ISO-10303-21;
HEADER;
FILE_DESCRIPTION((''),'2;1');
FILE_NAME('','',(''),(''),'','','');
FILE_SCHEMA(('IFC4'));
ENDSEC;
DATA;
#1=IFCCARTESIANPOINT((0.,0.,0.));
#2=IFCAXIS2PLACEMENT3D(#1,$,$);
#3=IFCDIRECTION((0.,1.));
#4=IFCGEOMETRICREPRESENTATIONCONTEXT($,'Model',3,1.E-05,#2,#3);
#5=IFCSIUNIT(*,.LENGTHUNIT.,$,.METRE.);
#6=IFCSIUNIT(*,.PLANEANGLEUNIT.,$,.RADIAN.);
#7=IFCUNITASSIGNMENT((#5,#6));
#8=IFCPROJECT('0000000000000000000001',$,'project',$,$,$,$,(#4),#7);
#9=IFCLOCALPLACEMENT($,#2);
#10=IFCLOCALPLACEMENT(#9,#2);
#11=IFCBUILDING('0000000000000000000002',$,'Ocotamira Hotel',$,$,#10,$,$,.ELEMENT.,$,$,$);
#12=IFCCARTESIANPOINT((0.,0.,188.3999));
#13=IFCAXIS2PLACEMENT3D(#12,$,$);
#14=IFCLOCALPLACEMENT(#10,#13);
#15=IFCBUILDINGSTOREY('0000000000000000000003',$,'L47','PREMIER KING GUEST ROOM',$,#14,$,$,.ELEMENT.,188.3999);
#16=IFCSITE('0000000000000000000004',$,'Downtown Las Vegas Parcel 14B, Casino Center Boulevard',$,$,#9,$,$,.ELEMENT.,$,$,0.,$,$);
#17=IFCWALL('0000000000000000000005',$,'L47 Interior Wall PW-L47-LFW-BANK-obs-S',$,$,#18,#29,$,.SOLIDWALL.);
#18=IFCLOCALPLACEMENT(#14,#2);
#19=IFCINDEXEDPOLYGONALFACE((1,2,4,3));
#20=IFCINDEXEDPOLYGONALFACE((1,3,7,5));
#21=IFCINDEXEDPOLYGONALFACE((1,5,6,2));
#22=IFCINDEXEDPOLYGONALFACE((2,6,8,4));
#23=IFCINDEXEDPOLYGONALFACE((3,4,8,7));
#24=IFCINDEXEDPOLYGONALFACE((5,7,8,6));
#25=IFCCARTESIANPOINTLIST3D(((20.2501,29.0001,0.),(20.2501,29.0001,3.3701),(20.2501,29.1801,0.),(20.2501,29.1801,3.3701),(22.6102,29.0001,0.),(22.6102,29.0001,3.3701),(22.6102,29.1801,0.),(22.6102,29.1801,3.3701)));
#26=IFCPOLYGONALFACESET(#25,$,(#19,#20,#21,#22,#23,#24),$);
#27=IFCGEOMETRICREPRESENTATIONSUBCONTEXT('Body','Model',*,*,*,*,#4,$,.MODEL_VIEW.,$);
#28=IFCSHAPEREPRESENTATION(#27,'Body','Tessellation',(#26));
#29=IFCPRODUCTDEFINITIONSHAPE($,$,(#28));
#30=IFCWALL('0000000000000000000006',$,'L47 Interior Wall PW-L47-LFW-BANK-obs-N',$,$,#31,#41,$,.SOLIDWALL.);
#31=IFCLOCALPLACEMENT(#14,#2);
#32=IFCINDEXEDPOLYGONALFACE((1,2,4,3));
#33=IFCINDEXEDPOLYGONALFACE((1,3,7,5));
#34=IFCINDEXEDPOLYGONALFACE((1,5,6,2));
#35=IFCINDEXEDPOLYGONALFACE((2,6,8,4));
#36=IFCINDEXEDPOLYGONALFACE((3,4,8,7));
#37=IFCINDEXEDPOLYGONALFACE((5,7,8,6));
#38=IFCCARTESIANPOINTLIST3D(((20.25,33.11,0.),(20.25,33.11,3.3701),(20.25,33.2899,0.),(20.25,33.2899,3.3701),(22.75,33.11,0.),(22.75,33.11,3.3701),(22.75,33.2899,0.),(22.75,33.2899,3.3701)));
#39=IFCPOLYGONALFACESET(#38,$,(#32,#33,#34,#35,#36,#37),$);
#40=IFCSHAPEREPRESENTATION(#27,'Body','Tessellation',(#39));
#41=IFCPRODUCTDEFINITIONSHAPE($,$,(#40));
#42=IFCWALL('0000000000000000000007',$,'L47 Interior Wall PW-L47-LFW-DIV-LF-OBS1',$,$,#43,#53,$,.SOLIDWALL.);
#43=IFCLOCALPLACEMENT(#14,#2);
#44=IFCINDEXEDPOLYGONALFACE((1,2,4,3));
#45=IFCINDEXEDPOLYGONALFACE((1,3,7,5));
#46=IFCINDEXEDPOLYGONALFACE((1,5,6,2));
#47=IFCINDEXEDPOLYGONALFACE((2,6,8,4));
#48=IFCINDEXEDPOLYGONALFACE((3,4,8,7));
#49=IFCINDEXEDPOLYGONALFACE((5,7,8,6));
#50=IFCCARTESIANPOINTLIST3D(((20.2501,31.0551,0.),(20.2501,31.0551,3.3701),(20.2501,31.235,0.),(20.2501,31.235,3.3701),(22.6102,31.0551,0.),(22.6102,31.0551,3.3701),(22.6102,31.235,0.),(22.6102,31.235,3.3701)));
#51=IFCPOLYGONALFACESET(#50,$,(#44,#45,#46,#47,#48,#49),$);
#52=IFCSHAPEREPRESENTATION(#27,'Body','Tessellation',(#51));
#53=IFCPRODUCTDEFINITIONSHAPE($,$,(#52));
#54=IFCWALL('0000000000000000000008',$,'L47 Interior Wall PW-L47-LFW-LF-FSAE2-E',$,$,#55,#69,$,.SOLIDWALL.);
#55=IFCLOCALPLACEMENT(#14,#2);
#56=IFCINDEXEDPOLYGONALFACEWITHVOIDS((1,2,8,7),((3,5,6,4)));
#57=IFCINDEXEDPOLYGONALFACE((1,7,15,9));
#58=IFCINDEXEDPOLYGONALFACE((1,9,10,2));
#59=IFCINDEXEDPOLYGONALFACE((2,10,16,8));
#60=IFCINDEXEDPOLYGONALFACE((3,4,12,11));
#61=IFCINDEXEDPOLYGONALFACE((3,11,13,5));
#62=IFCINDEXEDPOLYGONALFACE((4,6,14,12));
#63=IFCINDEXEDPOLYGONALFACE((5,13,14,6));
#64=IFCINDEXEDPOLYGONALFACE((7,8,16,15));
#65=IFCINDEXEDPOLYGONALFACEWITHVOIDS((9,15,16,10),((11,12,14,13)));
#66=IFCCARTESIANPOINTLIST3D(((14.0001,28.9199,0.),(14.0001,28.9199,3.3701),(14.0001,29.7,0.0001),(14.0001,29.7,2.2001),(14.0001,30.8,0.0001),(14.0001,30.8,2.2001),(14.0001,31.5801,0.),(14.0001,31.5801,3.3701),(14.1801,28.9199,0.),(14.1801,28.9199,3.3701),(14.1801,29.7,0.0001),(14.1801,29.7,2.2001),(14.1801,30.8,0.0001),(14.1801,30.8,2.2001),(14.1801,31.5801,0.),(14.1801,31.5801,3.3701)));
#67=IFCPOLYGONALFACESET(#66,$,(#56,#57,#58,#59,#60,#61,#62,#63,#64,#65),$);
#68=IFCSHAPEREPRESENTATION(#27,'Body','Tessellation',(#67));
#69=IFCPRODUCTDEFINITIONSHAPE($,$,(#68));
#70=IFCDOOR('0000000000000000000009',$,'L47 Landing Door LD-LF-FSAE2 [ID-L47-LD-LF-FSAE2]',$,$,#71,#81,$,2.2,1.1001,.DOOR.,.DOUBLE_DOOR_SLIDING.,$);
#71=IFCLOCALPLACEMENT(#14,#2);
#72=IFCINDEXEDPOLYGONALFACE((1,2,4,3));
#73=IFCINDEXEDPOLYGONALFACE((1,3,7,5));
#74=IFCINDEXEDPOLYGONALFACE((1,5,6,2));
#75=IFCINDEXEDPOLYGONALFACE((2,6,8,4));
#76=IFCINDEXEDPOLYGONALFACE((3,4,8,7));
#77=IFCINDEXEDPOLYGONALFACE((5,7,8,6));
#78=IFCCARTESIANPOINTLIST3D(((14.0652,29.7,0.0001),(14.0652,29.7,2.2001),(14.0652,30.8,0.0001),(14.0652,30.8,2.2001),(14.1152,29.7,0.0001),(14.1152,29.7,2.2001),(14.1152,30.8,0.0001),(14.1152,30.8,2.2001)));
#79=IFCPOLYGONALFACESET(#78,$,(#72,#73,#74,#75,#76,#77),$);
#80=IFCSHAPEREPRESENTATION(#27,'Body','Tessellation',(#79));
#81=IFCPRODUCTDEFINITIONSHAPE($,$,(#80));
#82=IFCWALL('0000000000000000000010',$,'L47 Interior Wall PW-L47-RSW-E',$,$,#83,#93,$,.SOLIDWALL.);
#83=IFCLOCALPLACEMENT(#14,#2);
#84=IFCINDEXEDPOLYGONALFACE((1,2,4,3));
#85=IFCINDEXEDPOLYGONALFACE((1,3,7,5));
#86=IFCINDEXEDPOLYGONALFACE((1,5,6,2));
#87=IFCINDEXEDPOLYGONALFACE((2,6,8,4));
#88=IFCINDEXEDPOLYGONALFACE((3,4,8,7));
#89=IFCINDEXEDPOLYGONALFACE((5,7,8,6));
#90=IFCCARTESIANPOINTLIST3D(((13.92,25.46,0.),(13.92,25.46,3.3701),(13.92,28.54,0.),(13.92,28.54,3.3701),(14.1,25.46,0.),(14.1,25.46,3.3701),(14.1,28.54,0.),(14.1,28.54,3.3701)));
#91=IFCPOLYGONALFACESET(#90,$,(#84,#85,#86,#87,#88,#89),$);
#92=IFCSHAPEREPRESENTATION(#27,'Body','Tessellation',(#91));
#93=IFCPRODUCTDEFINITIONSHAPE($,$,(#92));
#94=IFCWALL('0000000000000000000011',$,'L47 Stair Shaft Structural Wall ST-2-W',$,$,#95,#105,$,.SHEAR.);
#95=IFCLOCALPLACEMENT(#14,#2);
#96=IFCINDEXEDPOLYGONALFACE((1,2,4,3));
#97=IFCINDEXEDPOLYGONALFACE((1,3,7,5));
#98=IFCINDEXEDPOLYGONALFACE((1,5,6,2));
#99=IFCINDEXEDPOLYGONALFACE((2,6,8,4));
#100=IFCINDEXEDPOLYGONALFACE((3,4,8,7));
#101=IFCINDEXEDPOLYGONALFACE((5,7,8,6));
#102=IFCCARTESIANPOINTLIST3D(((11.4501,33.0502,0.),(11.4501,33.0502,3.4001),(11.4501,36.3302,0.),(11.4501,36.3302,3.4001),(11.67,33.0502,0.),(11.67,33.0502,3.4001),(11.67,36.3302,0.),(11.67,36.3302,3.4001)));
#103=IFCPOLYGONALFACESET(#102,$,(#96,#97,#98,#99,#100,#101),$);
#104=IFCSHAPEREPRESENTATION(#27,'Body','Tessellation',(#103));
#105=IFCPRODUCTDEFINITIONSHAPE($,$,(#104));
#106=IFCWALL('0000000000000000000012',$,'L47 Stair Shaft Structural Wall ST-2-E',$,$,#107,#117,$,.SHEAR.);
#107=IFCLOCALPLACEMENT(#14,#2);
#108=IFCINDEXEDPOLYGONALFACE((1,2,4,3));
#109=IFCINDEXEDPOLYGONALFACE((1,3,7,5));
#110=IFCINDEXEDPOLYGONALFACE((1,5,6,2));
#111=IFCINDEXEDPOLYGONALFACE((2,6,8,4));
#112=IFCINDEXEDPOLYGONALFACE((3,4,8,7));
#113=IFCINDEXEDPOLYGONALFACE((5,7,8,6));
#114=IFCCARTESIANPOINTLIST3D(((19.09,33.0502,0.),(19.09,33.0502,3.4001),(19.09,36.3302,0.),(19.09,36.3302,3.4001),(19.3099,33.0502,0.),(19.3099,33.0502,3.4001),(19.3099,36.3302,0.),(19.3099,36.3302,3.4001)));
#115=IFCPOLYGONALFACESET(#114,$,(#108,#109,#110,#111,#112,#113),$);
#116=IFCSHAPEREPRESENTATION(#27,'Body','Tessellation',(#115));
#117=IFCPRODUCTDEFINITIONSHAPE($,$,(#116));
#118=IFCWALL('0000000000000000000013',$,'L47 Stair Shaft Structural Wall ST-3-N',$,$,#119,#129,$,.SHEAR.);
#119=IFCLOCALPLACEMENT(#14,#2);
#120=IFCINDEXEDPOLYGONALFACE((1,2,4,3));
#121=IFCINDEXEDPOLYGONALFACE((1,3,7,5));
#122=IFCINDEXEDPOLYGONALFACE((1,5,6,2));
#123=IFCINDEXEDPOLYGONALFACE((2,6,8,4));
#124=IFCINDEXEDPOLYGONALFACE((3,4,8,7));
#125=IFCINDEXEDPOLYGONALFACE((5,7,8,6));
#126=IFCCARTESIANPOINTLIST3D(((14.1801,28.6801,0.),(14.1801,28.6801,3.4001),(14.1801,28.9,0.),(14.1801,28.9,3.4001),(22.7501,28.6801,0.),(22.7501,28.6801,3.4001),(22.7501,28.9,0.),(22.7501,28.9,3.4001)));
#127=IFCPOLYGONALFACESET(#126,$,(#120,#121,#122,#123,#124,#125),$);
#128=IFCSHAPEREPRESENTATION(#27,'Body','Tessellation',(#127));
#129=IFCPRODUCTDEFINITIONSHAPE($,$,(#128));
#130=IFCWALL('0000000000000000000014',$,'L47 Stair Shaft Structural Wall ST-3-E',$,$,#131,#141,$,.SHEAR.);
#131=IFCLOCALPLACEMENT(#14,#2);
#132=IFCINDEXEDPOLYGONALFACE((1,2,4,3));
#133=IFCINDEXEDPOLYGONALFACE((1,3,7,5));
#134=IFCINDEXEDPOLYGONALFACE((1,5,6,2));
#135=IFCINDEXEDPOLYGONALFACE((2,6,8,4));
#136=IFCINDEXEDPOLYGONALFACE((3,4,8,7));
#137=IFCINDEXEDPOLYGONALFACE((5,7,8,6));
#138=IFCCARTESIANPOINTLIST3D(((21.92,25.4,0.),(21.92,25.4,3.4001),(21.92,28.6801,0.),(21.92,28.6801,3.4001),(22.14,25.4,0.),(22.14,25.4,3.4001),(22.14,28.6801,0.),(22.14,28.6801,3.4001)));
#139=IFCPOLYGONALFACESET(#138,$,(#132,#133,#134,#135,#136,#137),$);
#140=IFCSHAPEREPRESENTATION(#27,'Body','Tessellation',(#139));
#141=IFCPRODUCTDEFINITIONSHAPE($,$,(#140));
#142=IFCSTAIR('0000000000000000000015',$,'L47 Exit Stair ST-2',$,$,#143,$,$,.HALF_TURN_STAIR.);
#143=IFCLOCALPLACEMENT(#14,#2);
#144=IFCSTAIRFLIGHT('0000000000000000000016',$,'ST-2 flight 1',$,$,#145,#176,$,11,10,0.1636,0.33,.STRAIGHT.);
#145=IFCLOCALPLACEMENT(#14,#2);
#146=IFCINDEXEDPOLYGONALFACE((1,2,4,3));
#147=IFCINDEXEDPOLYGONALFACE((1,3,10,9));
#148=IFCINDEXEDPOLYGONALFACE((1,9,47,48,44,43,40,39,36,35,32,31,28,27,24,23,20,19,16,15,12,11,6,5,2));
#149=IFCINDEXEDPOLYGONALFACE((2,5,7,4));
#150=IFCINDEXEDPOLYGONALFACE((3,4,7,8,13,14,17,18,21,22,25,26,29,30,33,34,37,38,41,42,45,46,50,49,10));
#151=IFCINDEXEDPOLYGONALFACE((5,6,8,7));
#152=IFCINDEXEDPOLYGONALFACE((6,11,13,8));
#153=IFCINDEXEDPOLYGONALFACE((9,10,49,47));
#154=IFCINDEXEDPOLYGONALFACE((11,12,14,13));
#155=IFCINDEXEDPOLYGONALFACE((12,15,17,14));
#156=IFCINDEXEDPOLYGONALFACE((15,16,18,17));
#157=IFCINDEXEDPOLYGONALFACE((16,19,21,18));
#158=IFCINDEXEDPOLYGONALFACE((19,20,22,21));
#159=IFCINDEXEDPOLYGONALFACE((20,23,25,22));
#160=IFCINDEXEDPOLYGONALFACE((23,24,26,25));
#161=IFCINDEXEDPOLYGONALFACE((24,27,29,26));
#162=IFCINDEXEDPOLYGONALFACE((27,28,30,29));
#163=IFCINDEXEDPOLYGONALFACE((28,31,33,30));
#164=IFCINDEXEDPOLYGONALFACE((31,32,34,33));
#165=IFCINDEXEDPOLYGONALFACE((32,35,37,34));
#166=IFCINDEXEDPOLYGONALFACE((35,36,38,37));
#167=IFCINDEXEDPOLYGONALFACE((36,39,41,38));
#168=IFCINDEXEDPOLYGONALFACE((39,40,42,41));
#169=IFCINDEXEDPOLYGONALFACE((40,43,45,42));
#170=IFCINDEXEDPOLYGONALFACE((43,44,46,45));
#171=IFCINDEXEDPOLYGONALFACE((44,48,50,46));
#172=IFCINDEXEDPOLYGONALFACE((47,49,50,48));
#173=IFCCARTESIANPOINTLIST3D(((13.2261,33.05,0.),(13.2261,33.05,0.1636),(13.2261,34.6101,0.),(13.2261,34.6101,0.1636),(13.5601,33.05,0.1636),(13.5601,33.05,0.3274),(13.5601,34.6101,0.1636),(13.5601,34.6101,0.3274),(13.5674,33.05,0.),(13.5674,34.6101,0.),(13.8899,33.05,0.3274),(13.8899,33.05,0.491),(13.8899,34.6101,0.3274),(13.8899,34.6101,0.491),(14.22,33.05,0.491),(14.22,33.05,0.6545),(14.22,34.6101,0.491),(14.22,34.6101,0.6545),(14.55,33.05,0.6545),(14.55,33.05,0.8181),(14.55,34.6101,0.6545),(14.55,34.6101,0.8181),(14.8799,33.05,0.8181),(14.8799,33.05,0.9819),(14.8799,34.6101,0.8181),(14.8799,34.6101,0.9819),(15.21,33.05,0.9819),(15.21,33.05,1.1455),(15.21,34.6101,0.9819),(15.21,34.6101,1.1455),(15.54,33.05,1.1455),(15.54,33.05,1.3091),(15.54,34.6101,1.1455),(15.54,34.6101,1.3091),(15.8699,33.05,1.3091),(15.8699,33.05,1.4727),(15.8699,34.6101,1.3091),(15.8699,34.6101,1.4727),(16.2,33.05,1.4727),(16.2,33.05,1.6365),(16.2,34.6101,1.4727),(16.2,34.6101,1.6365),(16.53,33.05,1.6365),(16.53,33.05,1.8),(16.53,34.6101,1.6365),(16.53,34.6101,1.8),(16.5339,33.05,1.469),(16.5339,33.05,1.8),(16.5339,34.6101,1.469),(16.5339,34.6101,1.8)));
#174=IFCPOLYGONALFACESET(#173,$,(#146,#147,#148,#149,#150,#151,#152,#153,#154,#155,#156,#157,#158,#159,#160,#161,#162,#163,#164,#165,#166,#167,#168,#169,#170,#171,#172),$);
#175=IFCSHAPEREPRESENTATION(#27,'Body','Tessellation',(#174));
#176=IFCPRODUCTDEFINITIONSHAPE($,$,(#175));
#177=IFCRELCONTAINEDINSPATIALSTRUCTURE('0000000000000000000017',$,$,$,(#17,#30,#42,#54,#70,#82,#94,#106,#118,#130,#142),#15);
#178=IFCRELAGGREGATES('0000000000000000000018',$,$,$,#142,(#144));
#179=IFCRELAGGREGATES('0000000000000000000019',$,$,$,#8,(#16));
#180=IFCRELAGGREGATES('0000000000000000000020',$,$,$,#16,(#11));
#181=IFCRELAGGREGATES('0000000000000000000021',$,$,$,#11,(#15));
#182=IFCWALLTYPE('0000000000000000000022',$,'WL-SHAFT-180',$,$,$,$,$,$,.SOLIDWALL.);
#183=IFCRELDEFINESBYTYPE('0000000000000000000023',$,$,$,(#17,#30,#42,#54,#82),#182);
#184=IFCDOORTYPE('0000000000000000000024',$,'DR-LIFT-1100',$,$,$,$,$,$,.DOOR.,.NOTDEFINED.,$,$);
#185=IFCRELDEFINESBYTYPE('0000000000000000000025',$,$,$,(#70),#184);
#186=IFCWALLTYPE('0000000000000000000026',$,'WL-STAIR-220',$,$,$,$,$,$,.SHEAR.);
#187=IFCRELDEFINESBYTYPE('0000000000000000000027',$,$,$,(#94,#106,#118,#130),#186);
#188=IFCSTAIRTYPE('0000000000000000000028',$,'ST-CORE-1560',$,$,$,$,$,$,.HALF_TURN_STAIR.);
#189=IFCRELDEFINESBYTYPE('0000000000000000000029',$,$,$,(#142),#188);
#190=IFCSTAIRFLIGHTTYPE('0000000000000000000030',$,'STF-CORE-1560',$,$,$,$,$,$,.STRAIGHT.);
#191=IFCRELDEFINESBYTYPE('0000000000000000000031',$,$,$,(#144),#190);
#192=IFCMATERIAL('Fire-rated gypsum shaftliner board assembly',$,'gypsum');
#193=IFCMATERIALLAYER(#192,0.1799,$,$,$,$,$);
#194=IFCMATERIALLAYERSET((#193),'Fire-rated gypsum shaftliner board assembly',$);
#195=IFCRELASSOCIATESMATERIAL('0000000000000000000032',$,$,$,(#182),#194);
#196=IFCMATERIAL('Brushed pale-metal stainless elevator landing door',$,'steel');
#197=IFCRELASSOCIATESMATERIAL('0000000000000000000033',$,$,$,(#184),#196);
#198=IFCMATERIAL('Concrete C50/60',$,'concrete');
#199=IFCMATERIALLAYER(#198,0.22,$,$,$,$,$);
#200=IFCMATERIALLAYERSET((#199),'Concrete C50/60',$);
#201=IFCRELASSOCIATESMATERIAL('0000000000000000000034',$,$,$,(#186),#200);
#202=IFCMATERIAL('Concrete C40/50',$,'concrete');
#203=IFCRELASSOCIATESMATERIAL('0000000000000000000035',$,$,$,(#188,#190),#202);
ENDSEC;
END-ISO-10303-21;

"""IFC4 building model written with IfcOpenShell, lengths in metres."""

from ifc_helpers import new_model, si_unit, direction, frame, frame_2d, origin, place, context, subcontext, project, spatial, polyline, rectangle, outline, extrude, source, transform, mapped, material, layer, layer_set, type_object, element, fill, aggregate, save


model = new_model("IFC4")

# Units and contexts
model_context = context("Model", 3, precision=1e-05, world=origin(), true_north=direction((0.0, 1.0)))
body_context = subcontext(model_context, "Body", "Model", "MODEL_VIEW")
ifc_project = project(units=[si_unit("LENGTHUNIT", "METRE"), si_unit("PLANEANGLEUNIT", "RADIAN")], contexts=[model_context])

# Site, building, storey
site_placement = place(None, origin())
site = spatial("IfcSite", under=ifc_project, at=site_placement, Name="Downtown Las Vegas Parcel 14B, Casino Center Boulevard", CompositionType="ELEMENT", RefElevation=0.0)
building_placement = place(site_placement, origin())
building = spatial("IfcBuilding", under=site, at=building_placement, Name="Ocotamira Hotel", CompositionType="ELEMENT")
storey_placement = place(building_placement, frame((0.0, 0.0, 188.3999)))
storey = spatial("IfcBuildingStorey", under=building, at=storey_placement, Name="L47", Description="PREMIER KING GUEST ROOM", CompositionType="ELEMENT", Elevation=188.3999)

# Walls
ifc_material_1 = material(Name="Fire-rated gypsum shaftliner board assembly", Category="gypsum")
ifc_layer_1 = layer(ifc_material_1, 0.1799)
ifc_layer_set_1 = layer_set([ifc_layer_1], Name="Fire-rated gypsum shaftliner board assembly")
wall_type_1 = type_object("IfcWallType", Name="WL-SHAFT-180", PredefinedType="SOLIDWALL", material=ifc_layer_set_1)
wall_1_placement = place(storey_placement, frame((20.25, 29.0901, 0.0), z_axis=(0.0, 0.0, 1.0), x_axis=(1.0, 0.0, 0.0)))
element("IfcWall", 1, at=wall_1_placement, inside=storey, type_object=wall_type_1, Name="L47 Interior Wall PW-L47-LFW-BANK-obs-S", PredefinedType="SOLIDWALL", context=body_context, shape_type="SweptSolid", body=[
    extrude(rectangle(XDim=2.3601, YDim=0.1799, at=frame_2d((1.1802, 0.0))), origin(), (0.0, 0.0, 1.0), 3.3701),
])
wall_2_placement = place(storey_placement, frame((20.25, 33.2, 0.0), z_axis=(0.0, 0.0, 1.0), x_axis=(1.0, 0.0, 0.0)))
element("IfcWall", 2, at=wall_2_placement, inside=storey, type_object=wall_type_1, Name="L47 Interior Wall PW-L47-LFW-BANK-obs-N", PredefinedType="SOLIDWALL", context=body_context, shape_type="SweptSolid", body=[
    extrude(rectangle(XDim=2.5, YDim=0.1799, at=frame_2d((1.25, 0.0))), origin(), (0.0, 0.0, 1.0), 3.3701),
])
wall_3_placement = place(storey_placement, frame((20.25, 31.145, 0.0), z_axis=(0.0, 0.0, 1.0), x_axis=(1.0, 0.0, 0.0)))
element("IfcWall", 3, at=wall_3_placement, inside=storey, type_object=wall_type_1, Name="L47 Interior Wall PW-L47-LFW-DIV-LF-OBS1", PredefinedType="SOLIDWALL", context=body_context, shape_type="SweptSolid", body=[
    extrude(rectangle(XDim=2.3601, YDim=0.1799, at=frame_2d((1.1802, 0.0))), origin(), (0.0, 0.0, 1.0), 3.3701),
])

# Wall, opening, door
wall_4_placement = place(storey_placement, frame((14.0901, 28.9199, 0.0), z_axis=(0.0, 0.0, 1.0), x_axis=(0.0, 1.0, 0.0)))
wall_4 = element("IfcWall", 4, at=wall_4_placement, inside=storey, type_object=wall_type_1, Name="L47 Interior Wall PW-L47-LFW-LF-FSAE2-E", PredefinedType="SOLIDWALL", context=body_context, shape_type="SweptSolid", body=[
    extrude(rectangle(XDim=2.6602, YDim=0.1799, at=frame_2d((1.3301, 0.0))), origin(), (0.0, 0.0, 1.0), 3.3701),
])
opening_1_placement = place(wall_4_placement, frame((0.78, 0.0, 0.0)))
opening_1 = element("IfcOpeningElement", 5, at=opening_1_placement, cuts=wall_4, PredefinedType="OPENING", context=body_context, shape_type="SweptSolid", body=[
    extrude(rectangle(XDim=1.1001, YDim=2.2, at=frame_2d((0.55, 1.1001))), frame((0.0, 0.1001, 0.0), z_axis=(0.0, -1.0, 0.0), x_axis=(1.0, 0.0, 0.0)), (0.0, 0.0, 1.0), 0.2),
])
ifc_material_2 = material(Name="Brushed pale-metal stainless elevator landing door", Category="steel")
door_type_1 = type_object("IfcDoorType", Name="DR-LIFT-1100", OperationType="NOTDEFINED", PredefinedType="DOOR", material=ifc_material_2)
shared_shape_1 = source(origin(), body_context, "Body", "SweptSolid", [
    extrude(rectangle(XDim=1.1001, YDim=2.2, at=frame_2d((0.55, 1.1001))), frame((0.0, 0.0249, 0.0), z_axis=(0.0, -1.0, 0.0), x_axis=(1.0, 0.0, 0.0)), (0.0, 0.0, 1.0), 0.05),
])
door_1_placement = place(opening_1_placement, origin())
door_1 = element("IfcDoor", 6, at=door_1_placement, inside=storey, type_object=door_type_1, Name="L47 Landing Door LD-LF-FSAE2 [ID-L47-LD-LF-FSAE2]", OperationType="DOUBLE_DOOR_SLIDING", OverallHeight=2.2, OverallWidth=1.1001, PredefinedType="DOOR", context=body_context, shape_type="MappedRepresentation", body=[
    mapped(shared_shape_1, transform((0.0, 0.0, 0.0), scale=1.0)),
])
fill(opening_1, door_1)

# Walls
wall_5_placement = place(storey_placement, frame((14.01, 25.46, 0.0), z_axis=(0.0, 0.0, 1.0), x_axis=(0.0, 1.0, 0.0)))
element("IfcWall", 7, at=wall_5_placement, inside=storey, type_object=wall_type_1, Name="L47 Interior Wall PW-L47-RSW-E", PredefinedType="SOLIDWALL", context=body_context, shape_type="SweptSolid", body=[
    extrude(rectangle(XDim=3.0801, YDim=0.1799, at=frame_2d((1.54, 0.0))), origin(), (0.0, 0.0, 1.0), 3.3701),
])
ifc_material_3 = material(Name="Concrete C50/60", Category="concrete")
ifc_layer_2 = layer(ifc_material_3, 0.22)
ifc_layer_set_2 = layer_set([ifc_layer_2], Name="Concrete C50/60")
wall_type_2 = type_object("IfcWallType", Name="WL-STAIR-220", PredefinedType="SHEAR", material=ifc_layer_set_2)
for number, where, z_axis, x_axis, name in (
    (8, (11.5601, 33.05, 0.0), (0.0, 0.0, 1.0), (0.0, 1.0, 0.0), "L47 Stair Shaft Structural Wall ST-2-W"),
    (9, (19.2, 33.05, 0.0), (0.0, 0.0, 1.0), (0.0, 1.0, 0.0), "L47 Stair Shaft Structural Wall ST-2-E"),
):
    element("IfcWall", number, at=place(storey_placement, frame(where, z_axis=z_axis, x_axis=x_axis)), inside=storey, type_object=wall_type_2, Name=name, PredefinedType="SHEAR", context=body_context, shape_type="SweptSolid", body=[
        extrude(rectangle(XDim=3.28, YDim=0.22, at=frame_2d((1.6401, 0.0))), origin(), (0.0, 0.0, 1.0), 3.4001),
    ])
wall_6_placement = place(storey_placement, frame((14.1799, 28.79, 0.0), z_axis=(0.0, 0.0, 1.0), x_axis=(1.0, 0.0, 0.0)))
element("IfcWall", 10, at=wall_6_placement, inside=storey, type_object=wall_type_2, Name="L47 Stair Shaft Structural Wall ST-3-N", PredefinedType="SHEAR", context=body_context, shape_type="SweptSolid", body=[
    extrude(rectangle(XDim=8.5701, YDim=0.22, at=frame_2d((4.2852, 0.0))), origin(), (0.0, 0.0, 1.0), 3.4001),
])
wall_7_placement = place(storey_placement, frame((22.03, 25.3999, 0.0), z_axis=(0.0, 0.0, 1.0), x_axis=(0.0, 1.0, 0.0)))
element("IfcWall", 11, at=wall_7_placement, inside=storey, type_object=wall_type_2, Name="L47 Stair Shaft Structural Wall ST-3-E", PredefinedType="SHEAR", context=body_context, shape_type="SweptSolid", body=[
    extrude(rectangle(XDim=3.28, YDim=0.22, at=frame_2d((1.6401, 0.0))), origin(), (0.0, 0.0, 1.0), 3.4001),
])

# Stair, stair flight
ifc_material_4 = material(Name="Concrete C40/50", Category="concrete")
stair_type = type_object("IfcStairType", Name="ST-CORE-1560", PredefinedType="HALF_TURN_STAIR", material=ifc_material_4)
stair_1_placement = place(storey_placement, origin())
stair_1 = element("IfcStair", 12, at=stair_1_placement, inside=storey, type_object=stair_type, Name="L47 Exit Stair ST-2", PredefinedType="HALF_TURN_STAIR")
stair_flight_type = type_object("IfcStairFlightType", Name="STF-CORE-1560", PredefinedType="STRAIGHT", material=ifc_material_4)
shared_shape_2 = source(origin(), body_context, "Body", "SweptSolid", [
    extrude(outline(polyline([(-0.0039, 0.0), (-0.0039, 0.1636), (0.3301, 0.1636), (0.3301, 0.3274), (0.6599, 0.3274), (0.6599, 0.491), (0.99, 0.491), (0.99, 0.6545), (1.3201, 0.6545), (1.3201, 0.8181), (1.6499, 0.8181), (1.6499, 0.9819), (1.98, 0.9819), (1.98, 1.1455), (2.3101, 1.1455), (2.3101, 1.3091), (2.6399, 1.3091), (2.6399, 1.4727), (2.97, 1.4727), (2.97, 1.6365), (3.3, 1.6365), (3.3, 1.8), (3.304, 1.8), (3.304, 1.469), (0.3374, 0.0), (-0.0039, 0.0)])), frame((0.0, 0.78, 0.0), z_axis=(0.0, -1.0, 0.0), x_axis=(1.0, 0.0, 0.0)), (0.0, 0.0, 1.0), 1.5601),
])
stair_flight_1_placement = place(storey_placement, frame((13.23, 33.8301, 0.0), z_axis=(0.0, 0.0, 1.0), x_axis=(1.0, 0.0, 0.0)))
stair_flight_1 = element("IfcStairFlight", 13, at=stair_flight_1_placement, type_object=stair_flight_type, Name="ST-2 flight 1", NumberOfRisers=11, NumberOfTreads=10, PredefinedType="STRAIGHT", RiserHeight=0.1636, TreadLength=0.33, context=body_context, shape_type="MappedRepresentation", body=[
    mapped(shared_shape_2, transform((0.0, 0.0, 0.0), scale=1.0)),
])
aggregate(stair_1, [stair_flight_1])

save(model, "model.ifc")
